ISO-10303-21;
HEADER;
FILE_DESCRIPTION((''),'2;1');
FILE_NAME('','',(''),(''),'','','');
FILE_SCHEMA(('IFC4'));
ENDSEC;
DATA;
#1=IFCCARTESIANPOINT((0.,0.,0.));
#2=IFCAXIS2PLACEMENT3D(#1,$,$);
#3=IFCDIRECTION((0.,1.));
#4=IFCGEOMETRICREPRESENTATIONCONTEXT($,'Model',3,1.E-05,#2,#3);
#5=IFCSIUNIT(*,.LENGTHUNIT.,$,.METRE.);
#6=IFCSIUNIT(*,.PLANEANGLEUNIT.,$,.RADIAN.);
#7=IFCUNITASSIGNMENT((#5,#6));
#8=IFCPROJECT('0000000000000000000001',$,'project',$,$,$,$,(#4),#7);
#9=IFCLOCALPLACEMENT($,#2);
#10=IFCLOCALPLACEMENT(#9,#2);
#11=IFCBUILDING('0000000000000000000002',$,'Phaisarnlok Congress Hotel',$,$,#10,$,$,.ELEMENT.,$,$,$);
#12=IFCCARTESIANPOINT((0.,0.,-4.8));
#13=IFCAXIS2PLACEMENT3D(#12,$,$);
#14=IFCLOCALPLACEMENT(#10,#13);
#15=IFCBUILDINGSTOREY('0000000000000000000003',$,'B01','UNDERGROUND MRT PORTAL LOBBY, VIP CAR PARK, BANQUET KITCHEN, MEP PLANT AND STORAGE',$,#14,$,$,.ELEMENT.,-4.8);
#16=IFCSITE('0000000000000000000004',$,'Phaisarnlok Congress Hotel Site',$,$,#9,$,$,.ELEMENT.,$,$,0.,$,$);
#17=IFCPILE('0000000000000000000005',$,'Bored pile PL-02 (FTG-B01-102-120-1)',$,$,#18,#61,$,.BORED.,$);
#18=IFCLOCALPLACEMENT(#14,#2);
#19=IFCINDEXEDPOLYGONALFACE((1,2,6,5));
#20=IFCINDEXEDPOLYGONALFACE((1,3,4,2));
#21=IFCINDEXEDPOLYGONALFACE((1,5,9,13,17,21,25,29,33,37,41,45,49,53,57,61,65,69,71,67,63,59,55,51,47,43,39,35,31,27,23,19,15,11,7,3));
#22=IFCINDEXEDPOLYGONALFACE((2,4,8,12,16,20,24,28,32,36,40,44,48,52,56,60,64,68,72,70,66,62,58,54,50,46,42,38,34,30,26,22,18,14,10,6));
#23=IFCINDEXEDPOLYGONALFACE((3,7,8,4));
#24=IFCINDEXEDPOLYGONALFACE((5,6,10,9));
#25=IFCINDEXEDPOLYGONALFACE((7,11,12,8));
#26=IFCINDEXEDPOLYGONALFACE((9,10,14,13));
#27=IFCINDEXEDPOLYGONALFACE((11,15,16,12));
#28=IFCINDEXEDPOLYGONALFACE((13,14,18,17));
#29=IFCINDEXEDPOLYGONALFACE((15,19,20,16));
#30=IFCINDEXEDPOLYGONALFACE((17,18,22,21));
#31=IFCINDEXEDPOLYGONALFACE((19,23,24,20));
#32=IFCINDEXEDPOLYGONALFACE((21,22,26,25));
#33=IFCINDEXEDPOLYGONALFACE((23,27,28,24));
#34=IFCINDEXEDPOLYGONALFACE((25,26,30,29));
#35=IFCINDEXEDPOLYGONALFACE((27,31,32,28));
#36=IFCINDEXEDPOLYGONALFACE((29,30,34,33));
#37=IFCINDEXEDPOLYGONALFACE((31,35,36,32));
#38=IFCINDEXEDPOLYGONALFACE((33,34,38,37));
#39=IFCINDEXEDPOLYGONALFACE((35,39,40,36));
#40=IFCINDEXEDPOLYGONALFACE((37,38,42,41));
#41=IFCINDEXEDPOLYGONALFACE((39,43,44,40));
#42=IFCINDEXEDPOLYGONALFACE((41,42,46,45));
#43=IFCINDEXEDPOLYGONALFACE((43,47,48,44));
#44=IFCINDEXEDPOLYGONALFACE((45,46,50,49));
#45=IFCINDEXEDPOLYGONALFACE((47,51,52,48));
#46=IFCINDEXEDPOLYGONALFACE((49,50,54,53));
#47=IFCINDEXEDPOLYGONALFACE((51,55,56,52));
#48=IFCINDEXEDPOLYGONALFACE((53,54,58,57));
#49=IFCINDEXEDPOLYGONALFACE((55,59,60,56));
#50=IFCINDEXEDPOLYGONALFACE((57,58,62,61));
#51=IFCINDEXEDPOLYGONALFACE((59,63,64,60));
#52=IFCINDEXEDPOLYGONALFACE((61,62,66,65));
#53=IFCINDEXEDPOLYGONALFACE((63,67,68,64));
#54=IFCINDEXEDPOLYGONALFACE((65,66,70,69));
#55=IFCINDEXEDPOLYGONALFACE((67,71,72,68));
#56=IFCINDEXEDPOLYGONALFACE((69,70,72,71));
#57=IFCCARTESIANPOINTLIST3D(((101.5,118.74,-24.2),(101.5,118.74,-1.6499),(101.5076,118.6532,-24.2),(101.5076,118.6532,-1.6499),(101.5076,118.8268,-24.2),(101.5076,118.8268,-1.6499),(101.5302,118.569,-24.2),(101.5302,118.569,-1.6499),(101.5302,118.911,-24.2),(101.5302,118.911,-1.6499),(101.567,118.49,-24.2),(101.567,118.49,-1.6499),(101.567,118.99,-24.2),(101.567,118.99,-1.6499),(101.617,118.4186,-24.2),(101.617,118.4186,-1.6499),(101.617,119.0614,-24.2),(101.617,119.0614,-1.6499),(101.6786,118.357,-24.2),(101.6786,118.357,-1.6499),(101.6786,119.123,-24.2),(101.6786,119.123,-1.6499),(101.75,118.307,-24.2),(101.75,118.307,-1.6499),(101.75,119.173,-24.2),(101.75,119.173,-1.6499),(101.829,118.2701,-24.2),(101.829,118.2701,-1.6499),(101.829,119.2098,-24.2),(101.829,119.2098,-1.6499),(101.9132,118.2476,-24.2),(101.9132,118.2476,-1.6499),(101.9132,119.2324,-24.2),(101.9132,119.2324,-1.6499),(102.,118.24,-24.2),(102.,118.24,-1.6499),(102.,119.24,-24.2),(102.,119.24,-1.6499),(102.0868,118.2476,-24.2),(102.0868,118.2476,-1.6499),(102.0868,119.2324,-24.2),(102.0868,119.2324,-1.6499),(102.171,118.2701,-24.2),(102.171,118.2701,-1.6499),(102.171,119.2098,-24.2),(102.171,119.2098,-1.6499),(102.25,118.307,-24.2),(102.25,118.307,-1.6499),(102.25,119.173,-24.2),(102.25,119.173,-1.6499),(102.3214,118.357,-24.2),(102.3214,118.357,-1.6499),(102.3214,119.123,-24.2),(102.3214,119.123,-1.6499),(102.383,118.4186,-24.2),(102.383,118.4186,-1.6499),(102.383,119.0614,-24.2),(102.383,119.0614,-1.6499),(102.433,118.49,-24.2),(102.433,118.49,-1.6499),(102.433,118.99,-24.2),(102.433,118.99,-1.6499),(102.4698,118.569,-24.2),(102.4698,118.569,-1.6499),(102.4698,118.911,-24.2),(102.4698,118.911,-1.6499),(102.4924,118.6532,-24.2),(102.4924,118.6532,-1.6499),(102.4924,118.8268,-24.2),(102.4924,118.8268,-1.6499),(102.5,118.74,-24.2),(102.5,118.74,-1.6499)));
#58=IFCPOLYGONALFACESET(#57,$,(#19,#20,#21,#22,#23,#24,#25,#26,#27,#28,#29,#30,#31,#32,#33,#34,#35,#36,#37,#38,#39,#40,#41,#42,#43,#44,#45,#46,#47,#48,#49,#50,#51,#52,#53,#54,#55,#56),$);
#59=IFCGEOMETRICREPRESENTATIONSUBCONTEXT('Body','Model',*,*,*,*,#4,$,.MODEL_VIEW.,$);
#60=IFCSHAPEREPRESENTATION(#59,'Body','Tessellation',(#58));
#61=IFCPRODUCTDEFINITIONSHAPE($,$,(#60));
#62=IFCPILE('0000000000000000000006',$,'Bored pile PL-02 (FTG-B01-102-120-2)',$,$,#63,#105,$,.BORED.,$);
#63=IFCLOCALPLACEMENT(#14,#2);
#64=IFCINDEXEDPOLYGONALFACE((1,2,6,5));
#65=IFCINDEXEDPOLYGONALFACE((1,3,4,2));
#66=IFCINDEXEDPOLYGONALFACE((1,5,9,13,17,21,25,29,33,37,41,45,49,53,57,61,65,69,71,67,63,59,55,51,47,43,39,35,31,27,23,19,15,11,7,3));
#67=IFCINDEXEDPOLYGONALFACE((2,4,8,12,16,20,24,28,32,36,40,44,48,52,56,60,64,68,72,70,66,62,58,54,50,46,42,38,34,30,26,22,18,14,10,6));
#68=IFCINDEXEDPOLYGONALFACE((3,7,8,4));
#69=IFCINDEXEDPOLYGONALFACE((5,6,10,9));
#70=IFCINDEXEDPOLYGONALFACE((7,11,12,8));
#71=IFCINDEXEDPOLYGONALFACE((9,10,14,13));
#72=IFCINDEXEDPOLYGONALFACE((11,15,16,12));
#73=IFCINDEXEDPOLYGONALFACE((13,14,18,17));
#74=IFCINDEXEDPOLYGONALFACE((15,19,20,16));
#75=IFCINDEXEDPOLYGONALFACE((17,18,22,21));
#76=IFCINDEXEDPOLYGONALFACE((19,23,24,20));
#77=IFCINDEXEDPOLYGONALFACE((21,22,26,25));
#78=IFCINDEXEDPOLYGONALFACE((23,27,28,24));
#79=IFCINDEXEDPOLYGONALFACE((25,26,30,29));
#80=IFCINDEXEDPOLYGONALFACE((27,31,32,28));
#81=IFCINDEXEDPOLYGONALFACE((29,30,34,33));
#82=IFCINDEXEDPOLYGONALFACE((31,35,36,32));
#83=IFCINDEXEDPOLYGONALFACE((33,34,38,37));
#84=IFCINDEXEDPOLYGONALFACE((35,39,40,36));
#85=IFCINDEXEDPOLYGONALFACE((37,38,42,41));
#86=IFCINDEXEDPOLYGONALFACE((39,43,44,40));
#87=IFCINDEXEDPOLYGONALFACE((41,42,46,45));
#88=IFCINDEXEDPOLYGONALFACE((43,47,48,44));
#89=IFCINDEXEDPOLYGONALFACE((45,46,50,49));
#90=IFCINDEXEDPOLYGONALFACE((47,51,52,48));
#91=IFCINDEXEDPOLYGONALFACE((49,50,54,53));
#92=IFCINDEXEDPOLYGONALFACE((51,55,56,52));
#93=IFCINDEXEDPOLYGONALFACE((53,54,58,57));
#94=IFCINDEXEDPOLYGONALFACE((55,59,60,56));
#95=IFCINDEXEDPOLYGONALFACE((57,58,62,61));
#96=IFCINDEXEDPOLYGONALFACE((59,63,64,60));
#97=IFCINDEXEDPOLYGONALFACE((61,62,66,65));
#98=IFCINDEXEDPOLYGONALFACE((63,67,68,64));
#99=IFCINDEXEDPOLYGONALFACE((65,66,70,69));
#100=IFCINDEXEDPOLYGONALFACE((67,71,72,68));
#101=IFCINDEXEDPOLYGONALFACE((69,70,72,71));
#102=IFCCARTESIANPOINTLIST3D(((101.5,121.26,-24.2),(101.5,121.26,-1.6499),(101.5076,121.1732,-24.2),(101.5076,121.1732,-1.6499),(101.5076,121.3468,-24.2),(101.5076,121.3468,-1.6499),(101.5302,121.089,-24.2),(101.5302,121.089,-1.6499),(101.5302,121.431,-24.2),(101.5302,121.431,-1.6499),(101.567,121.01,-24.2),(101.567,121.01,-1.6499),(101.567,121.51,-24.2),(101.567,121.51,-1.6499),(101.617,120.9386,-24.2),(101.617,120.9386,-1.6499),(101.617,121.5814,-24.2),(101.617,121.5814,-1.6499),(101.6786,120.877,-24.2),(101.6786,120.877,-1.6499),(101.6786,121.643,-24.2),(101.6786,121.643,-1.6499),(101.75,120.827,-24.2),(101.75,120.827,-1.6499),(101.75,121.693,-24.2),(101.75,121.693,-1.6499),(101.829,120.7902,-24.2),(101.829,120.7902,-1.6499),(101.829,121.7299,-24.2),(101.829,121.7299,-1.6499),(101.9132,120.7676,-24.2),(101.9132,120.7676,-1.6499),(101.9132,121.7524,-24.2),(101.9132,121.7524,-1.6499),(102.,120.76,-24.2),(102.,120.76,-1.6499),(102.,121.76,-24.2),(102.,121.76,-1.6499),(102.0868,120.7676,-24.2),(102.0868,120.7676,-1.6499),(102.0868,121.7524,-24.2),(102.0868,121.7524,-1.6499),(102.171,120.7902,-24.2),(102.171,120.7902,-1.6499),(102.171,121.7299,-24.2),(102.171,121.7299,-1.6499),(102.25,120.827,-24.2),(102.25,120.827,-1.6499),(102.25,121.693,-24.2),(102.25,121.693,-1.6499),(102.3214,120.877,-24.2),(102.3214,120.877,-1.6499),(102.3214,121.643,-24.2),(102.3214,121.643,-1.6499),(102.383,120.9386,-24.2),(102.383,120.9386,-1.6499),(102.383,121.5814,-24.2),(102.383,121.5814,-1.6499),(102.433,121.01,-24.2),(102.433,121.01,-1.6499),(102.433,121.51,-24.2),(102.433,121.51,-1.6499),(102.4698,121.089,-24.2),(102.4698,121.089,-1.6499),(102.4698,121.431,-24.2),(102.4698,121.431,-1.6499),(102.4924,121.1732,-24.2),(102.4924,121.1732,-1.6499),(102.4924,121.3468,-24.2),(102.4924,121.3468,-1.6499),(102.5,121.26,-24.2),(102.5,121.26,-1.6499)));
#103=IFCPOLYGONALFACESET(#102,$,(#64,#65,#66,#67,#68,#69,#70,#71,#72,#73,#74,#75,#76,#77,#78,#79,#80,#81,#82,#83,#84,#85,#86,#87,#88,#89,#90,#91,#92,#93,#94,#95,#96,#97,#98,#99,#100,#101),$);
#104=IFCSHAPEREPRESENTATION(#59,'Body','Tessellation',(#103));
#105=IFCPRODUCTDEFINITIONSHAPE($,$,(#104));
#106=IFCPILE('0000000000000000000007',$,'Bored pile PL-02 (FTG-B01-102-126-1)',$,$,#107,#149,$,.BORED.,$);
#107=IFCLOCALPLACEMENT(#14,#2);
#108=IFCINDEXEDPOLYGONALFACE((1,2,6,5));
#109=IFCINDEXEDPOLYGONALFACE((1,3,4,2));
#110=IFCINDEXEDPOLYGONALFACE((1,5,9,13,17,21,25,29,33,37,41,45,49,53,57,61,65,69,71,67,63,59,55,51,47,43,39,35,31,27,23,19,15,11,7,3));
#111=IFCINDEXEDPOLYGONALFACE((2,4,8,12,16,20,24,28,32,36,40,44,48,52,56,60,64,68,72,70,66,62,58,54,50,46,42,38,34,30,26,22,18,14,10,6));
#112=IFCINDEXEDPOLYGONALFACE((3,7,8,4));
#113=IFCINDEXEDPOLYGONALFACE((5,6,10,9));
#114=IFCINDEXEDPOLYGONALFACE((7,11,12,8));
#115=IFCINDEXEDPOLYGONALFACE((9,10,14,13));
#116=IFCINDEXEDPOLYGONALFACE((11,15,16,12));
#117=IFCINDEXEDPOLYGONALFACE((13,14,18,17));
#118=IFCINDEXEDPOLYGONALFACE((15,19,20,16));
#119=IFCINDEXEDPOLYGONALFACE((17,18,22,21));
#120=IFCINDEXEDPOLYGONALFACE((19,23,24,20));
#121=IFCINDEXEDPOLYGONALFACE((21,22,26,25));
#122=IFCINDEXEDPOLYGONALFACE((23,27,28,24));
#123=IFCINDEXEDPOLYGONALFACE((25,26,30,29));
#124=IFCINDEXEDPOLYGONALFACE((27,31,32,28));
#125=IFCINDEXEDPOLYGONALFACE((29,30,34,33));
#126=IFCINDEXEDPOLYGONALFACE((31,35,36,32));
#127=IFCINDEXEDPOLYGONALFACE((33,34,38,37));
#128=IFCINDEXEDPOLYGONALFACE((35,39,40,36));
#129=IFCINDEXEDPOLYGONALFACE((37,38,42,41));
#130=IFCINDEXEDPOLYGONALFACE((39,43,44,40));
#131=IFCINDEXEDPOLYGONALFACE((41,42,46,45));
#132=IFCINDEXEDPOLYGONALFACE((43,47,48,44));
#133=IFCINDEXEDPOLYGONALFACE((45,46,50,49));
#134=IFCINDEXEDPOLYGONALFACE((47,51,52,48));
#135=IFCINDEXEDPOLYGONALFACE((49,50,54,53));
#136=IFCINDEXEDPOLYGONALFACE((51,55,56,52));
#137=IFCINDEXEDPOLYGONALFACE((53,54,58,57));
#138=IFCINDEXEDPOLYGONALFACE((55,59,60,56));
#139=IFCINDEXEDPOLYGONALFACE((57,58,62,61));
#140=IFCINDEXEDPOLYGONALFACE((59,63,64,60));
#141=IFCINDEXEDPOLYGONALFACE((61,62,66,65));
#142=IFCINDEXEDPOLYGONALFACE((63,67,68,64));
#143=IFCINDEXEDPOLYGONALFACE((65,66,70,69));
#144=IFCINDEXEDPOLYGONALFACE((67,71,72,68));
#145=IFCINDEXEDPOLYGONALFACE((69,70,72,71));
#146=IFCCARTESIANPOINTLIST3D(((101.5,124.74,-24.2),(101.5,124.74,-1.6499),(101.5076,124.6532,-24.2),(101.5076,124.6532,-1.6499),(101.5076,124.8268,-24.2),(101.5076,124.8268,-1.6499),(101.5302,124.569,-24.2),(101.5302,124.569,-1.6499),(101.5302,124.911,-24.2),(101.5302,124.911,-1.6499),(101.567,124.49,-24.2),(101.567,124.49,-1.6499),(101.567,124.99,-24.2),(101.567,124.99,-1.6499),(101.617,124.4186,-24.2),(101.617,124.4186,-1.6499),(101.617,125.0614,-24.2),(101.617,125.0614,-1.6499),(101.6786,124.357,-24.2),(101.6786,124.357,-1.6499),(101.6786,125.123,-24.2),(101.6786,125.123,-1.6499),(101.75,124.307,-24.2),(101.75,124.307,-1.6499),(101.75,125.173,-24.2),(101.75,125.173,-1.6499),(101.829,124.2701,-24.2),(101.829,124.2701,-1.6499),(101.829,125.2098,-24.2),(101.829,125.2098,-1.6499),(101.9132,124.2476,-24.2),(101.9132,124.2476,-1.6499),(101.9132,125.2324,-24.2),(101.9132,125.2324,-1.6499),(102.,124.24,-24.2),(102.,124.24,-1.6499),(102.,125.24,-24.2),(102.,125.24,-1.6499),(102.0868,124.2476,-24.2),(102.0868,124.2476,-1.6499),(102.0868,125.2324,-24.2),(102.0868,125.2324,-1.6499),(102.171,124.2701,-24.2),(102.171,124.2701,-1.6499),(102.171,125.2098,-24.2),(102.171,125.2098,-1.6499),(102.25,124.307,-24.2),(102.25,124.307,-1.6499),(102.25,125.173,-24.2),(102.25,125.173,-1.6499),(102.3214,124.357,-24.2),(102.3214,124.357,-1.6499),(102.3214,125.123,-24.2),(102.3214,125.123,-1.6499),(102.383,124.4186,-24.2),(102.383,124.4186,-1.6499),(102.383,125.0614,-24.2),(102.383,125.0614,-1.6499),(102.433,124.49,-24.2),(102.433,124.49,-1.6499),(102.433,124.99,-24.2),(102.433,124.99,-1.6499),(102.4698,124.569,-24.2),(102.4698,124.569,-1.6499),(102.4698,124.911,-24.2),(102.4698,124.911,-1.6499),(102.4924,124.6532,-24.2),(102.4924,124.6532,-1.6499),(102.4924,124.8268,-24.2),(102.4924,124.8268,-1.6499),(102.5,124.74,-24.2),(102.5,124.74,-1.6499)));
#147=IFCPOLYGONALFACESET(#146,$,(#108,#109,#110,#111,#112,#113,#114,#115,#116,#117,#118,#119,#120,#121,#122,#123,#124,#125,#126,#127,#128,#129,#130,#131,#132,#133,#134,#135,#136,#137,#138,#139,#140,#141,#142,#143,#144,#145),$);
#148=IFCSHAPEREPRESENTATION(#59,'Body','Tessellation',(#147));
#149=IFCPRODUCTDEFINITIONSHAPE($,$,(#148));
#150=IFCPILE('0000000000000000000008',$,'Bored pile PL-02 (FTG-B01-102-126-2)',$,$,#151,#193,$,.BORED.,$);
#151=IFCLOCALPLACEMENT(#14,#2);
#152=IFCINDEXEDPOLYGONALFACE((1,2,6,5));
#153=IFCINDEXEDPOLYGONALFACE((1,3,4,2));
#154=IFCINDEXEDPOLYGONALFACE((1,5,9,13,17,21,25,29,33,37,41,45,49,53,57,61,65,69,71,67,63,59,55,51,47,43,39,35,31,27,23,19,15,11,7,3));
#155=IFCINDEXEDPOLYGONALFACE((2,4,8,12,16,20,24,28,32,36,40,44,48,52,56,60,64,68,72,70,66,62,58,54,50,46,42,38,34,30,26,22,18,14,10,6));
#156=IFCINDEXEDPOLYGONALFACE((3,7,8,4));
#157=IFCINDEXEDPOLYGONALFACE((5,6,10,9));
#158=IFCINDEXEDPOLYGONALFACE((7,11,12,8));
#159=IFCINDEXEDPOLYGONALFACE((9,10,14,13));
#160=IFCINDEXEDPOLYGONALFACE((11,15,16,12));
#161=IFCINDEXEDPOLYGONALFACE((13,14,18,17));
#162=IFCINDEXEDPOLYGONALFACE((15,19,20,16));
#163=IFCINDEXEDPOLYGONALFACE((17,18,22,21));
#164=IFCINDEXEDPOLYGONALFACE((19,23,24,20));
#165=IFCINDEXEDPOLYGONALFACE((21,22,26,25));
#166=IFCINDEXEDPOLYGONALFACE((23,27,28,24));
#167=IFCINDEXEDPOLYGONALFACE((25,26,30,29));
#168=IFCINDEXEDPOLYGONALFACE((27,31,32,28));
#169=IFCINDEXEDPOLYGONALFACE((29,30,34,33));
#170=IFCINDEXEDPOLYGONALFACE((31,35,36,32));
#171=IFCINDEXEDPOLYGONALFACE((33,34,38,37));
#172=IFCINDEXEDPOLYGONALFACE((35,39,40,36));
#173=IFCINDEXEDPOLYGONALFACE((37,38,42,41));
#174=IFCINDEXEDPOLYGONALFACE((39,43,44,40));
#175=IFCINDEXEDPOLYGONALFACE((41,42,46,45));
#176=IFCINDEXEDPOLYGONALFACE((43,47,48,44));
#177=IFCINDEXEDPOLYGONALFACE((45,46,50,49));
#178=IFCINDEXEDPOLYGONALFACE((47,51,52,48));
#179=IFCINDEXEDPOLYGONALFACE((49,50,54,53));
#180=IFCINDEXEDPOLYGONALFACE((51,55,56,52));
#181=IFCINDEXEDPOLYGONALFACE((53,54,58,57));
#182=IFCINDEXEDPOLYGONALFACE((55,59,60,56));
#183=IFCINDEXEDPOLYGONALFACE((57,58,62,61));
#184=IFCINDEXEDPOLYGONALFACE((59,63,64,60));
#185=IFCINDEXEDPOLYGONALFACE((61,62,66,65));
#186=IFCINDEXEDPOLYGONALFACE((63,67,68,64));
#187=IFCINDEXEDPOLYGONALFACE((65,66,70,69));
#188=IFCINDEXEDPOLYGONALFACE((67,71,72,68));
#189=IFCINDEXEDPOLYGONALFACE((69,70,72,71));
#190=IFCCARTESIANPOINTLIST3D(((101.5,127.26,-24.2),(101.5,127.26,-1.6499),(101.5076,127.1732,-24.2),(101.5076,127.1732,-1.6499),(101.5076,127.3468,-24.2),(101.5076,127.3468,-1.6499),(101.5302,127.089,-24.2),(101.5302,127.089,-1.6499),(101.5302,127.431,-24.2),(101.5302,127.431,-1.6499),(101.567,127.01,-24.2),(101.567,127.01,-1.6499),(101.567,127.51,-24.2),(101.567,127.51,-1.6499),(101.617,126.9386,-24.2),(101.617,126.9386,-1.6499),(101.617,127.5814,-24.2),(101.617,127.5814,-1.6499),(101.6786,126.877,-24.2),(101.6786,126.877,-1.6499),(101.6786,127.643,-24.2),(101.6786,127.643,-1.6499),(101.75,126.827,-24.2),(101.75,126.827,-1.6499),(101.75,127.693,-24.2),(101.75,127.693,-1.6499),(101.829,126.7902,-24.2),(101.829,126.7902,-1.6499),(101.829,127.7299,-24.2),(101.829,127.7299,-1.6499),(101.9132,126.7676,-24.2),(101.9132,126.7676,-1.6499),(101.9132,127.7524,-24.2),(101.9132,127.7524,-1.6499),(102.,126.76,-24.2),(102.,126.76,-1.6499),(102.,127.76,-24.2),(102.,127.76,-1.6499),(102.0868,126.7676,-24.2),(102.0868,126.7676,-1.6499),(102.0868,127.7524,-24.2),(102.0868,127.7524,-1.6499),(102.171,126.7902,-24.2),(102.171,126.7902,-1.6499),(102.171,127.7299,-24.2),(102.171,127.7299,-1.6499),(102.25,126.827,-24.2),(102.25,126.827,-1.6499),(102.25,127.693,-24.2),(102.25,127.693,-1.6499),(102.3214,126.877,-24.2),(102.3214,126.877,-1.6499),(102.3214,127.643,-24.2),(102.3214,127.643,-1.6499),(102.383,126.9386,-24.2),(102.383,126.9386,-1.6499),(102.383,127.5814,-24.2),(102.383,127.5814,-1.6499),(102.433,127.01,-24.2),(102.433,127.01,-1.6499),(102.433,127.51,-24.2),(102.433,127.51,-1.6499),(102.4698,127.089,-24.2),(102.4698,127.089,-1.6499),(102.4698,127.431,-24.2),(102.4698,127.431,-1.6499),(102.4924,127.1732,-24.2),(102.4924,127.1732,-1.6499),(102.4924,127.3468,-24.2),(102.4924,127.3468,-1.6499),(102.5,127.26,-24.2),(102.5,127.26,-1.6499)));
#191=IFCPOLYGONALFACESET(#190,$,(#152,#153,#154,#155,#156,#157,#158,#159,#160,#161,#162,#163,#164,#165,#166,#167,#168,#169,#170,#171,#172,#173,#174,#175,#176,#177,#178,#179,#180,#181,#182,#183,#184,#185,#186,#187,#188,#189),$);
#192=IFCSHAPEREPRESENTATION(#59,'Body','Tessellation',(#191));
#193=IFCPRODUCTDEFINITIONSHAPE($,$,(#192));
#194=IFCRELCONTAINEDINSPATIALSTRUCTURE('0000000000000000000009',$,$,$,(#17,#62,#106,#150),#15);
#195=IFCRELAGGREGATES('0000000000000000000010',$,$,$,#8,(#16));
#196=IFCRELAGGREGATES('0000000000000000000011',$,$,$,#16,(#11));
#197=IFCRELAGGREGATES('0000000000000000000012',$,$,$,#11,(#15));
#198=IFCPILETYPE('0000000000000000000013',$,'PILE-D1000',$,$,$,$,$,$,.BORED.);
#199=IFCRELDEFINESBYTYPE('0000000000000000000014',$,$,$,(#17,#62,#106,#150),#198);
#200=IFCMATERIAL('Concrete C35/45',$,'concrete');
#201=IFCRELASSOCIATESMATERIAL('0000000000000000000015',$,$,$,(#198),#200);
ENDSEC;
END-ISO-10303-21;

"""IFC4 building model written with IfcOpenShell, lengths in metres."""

from ifc_helpers import new_model, si_unit, direction, frame, origin, origin_2d, place, context, subcontext, project, spatial, circle, extrude, material, material_profile, profile_set, type_object, element, save


model = new_model("IFC4")

# Units and contexts
model_context = context("Model", 3, precision=1e-05, world=origin(), true_north=direction((0.0, 1.0)))
body_context = subcontext(model_context, "Body", "Model", "MODEL_VIEW")
ifc_project = project(units=[si_unit("LENGTHUNIT", "METRE"), si_unit("PLANEANGLEUNIT", "RADIAN")], contexts=[model_context])

# Site, building, storey
site_placement = place(None, origin())
site = spatial("IfcSite", under=ifc_project, at=site_placement, Name="Phaisarnlok Congress Hotel Site", CompositionType="ELEMENT", RefElevation=0.0)
building_placement = place(site_placement, origin())
building = spatial("IfcBuilding", under=site, at=building_placement, Name="Phaisarnlok Congress Hotel", CompositionType="ELEMENT")
storey_placement = place(building_placement, frame((0.0, 0.0, -4.8)))
storey = spatial("IfcBuildingStorey", under=building, at=storey_placement, Name="B01", Description="UNDERGROUND MRT PORTAL LOBBY, VIP CAR PARK, BANQUET KITCHEN, MEP PLANT AND STORAGE", CompositionType="ELEMENT", Elevation=-4.8)

# Piles
ifc_material_1 = material(Name="Concrete C35/45", Category="concrete")
ifc_material_profile_1 = material_profile(ifc_material_1, circle(Radius=0.5, at=origin_2d()), Name="BORED PILE D1000")
ifc_profile_set_1 = profile_set([ifc_material_profile_1], Name="Concrete C35/45")
pile_type_1 = type_object("IfcPileType", Name="PILE-D1000", PredefinedType="BORED", material=ifc_profile_set_1)
for number, where, z_axis, x_axis, name in (
    (1, (102.0, 118.74, -1.6499), (0.0, 0.0, -1.0), (1.0, 0.0, 0.0), "Bored pile PL-02 (FTG-B01-102-120-1)"),
    (2, (102.0, 121.26, -1.6499), (0.0, 0.0, -1.0), (1.0, 0.0, 0.0), "Bored pile PL-02 (FTG-B01-102-120-2)"),
    (3, (102.0, 124.74, -1.6499), (0.0, 0.0, -1.0), (1.0, 0.0, 0.0), "Bored pile PL-02 (FTG-B01-102-126-1)"),
    (4, (102.0, 127.26, -1.6499), (0.0, 0.0, -1.0), (1.0, 0.0, 0.0), "Bored pile PL-02 (FTG-B01-102-126-2)"),
):
    element("IfcPile", number, at=place(storey_placement, frame(where, z_axis=z_axis, x_axis=x_axis)), inside=storey, type_object=pile_type_1, Name=name, PredefinedType="BORED", context=body_context, shape_type="SweptSolid", body=[
        extrude(circle(Radius=0.5, at=origin_2d()), origin(), (0.0, 0.0, 1.0), 22.55),
    ])

save(model, "model.ifc")
